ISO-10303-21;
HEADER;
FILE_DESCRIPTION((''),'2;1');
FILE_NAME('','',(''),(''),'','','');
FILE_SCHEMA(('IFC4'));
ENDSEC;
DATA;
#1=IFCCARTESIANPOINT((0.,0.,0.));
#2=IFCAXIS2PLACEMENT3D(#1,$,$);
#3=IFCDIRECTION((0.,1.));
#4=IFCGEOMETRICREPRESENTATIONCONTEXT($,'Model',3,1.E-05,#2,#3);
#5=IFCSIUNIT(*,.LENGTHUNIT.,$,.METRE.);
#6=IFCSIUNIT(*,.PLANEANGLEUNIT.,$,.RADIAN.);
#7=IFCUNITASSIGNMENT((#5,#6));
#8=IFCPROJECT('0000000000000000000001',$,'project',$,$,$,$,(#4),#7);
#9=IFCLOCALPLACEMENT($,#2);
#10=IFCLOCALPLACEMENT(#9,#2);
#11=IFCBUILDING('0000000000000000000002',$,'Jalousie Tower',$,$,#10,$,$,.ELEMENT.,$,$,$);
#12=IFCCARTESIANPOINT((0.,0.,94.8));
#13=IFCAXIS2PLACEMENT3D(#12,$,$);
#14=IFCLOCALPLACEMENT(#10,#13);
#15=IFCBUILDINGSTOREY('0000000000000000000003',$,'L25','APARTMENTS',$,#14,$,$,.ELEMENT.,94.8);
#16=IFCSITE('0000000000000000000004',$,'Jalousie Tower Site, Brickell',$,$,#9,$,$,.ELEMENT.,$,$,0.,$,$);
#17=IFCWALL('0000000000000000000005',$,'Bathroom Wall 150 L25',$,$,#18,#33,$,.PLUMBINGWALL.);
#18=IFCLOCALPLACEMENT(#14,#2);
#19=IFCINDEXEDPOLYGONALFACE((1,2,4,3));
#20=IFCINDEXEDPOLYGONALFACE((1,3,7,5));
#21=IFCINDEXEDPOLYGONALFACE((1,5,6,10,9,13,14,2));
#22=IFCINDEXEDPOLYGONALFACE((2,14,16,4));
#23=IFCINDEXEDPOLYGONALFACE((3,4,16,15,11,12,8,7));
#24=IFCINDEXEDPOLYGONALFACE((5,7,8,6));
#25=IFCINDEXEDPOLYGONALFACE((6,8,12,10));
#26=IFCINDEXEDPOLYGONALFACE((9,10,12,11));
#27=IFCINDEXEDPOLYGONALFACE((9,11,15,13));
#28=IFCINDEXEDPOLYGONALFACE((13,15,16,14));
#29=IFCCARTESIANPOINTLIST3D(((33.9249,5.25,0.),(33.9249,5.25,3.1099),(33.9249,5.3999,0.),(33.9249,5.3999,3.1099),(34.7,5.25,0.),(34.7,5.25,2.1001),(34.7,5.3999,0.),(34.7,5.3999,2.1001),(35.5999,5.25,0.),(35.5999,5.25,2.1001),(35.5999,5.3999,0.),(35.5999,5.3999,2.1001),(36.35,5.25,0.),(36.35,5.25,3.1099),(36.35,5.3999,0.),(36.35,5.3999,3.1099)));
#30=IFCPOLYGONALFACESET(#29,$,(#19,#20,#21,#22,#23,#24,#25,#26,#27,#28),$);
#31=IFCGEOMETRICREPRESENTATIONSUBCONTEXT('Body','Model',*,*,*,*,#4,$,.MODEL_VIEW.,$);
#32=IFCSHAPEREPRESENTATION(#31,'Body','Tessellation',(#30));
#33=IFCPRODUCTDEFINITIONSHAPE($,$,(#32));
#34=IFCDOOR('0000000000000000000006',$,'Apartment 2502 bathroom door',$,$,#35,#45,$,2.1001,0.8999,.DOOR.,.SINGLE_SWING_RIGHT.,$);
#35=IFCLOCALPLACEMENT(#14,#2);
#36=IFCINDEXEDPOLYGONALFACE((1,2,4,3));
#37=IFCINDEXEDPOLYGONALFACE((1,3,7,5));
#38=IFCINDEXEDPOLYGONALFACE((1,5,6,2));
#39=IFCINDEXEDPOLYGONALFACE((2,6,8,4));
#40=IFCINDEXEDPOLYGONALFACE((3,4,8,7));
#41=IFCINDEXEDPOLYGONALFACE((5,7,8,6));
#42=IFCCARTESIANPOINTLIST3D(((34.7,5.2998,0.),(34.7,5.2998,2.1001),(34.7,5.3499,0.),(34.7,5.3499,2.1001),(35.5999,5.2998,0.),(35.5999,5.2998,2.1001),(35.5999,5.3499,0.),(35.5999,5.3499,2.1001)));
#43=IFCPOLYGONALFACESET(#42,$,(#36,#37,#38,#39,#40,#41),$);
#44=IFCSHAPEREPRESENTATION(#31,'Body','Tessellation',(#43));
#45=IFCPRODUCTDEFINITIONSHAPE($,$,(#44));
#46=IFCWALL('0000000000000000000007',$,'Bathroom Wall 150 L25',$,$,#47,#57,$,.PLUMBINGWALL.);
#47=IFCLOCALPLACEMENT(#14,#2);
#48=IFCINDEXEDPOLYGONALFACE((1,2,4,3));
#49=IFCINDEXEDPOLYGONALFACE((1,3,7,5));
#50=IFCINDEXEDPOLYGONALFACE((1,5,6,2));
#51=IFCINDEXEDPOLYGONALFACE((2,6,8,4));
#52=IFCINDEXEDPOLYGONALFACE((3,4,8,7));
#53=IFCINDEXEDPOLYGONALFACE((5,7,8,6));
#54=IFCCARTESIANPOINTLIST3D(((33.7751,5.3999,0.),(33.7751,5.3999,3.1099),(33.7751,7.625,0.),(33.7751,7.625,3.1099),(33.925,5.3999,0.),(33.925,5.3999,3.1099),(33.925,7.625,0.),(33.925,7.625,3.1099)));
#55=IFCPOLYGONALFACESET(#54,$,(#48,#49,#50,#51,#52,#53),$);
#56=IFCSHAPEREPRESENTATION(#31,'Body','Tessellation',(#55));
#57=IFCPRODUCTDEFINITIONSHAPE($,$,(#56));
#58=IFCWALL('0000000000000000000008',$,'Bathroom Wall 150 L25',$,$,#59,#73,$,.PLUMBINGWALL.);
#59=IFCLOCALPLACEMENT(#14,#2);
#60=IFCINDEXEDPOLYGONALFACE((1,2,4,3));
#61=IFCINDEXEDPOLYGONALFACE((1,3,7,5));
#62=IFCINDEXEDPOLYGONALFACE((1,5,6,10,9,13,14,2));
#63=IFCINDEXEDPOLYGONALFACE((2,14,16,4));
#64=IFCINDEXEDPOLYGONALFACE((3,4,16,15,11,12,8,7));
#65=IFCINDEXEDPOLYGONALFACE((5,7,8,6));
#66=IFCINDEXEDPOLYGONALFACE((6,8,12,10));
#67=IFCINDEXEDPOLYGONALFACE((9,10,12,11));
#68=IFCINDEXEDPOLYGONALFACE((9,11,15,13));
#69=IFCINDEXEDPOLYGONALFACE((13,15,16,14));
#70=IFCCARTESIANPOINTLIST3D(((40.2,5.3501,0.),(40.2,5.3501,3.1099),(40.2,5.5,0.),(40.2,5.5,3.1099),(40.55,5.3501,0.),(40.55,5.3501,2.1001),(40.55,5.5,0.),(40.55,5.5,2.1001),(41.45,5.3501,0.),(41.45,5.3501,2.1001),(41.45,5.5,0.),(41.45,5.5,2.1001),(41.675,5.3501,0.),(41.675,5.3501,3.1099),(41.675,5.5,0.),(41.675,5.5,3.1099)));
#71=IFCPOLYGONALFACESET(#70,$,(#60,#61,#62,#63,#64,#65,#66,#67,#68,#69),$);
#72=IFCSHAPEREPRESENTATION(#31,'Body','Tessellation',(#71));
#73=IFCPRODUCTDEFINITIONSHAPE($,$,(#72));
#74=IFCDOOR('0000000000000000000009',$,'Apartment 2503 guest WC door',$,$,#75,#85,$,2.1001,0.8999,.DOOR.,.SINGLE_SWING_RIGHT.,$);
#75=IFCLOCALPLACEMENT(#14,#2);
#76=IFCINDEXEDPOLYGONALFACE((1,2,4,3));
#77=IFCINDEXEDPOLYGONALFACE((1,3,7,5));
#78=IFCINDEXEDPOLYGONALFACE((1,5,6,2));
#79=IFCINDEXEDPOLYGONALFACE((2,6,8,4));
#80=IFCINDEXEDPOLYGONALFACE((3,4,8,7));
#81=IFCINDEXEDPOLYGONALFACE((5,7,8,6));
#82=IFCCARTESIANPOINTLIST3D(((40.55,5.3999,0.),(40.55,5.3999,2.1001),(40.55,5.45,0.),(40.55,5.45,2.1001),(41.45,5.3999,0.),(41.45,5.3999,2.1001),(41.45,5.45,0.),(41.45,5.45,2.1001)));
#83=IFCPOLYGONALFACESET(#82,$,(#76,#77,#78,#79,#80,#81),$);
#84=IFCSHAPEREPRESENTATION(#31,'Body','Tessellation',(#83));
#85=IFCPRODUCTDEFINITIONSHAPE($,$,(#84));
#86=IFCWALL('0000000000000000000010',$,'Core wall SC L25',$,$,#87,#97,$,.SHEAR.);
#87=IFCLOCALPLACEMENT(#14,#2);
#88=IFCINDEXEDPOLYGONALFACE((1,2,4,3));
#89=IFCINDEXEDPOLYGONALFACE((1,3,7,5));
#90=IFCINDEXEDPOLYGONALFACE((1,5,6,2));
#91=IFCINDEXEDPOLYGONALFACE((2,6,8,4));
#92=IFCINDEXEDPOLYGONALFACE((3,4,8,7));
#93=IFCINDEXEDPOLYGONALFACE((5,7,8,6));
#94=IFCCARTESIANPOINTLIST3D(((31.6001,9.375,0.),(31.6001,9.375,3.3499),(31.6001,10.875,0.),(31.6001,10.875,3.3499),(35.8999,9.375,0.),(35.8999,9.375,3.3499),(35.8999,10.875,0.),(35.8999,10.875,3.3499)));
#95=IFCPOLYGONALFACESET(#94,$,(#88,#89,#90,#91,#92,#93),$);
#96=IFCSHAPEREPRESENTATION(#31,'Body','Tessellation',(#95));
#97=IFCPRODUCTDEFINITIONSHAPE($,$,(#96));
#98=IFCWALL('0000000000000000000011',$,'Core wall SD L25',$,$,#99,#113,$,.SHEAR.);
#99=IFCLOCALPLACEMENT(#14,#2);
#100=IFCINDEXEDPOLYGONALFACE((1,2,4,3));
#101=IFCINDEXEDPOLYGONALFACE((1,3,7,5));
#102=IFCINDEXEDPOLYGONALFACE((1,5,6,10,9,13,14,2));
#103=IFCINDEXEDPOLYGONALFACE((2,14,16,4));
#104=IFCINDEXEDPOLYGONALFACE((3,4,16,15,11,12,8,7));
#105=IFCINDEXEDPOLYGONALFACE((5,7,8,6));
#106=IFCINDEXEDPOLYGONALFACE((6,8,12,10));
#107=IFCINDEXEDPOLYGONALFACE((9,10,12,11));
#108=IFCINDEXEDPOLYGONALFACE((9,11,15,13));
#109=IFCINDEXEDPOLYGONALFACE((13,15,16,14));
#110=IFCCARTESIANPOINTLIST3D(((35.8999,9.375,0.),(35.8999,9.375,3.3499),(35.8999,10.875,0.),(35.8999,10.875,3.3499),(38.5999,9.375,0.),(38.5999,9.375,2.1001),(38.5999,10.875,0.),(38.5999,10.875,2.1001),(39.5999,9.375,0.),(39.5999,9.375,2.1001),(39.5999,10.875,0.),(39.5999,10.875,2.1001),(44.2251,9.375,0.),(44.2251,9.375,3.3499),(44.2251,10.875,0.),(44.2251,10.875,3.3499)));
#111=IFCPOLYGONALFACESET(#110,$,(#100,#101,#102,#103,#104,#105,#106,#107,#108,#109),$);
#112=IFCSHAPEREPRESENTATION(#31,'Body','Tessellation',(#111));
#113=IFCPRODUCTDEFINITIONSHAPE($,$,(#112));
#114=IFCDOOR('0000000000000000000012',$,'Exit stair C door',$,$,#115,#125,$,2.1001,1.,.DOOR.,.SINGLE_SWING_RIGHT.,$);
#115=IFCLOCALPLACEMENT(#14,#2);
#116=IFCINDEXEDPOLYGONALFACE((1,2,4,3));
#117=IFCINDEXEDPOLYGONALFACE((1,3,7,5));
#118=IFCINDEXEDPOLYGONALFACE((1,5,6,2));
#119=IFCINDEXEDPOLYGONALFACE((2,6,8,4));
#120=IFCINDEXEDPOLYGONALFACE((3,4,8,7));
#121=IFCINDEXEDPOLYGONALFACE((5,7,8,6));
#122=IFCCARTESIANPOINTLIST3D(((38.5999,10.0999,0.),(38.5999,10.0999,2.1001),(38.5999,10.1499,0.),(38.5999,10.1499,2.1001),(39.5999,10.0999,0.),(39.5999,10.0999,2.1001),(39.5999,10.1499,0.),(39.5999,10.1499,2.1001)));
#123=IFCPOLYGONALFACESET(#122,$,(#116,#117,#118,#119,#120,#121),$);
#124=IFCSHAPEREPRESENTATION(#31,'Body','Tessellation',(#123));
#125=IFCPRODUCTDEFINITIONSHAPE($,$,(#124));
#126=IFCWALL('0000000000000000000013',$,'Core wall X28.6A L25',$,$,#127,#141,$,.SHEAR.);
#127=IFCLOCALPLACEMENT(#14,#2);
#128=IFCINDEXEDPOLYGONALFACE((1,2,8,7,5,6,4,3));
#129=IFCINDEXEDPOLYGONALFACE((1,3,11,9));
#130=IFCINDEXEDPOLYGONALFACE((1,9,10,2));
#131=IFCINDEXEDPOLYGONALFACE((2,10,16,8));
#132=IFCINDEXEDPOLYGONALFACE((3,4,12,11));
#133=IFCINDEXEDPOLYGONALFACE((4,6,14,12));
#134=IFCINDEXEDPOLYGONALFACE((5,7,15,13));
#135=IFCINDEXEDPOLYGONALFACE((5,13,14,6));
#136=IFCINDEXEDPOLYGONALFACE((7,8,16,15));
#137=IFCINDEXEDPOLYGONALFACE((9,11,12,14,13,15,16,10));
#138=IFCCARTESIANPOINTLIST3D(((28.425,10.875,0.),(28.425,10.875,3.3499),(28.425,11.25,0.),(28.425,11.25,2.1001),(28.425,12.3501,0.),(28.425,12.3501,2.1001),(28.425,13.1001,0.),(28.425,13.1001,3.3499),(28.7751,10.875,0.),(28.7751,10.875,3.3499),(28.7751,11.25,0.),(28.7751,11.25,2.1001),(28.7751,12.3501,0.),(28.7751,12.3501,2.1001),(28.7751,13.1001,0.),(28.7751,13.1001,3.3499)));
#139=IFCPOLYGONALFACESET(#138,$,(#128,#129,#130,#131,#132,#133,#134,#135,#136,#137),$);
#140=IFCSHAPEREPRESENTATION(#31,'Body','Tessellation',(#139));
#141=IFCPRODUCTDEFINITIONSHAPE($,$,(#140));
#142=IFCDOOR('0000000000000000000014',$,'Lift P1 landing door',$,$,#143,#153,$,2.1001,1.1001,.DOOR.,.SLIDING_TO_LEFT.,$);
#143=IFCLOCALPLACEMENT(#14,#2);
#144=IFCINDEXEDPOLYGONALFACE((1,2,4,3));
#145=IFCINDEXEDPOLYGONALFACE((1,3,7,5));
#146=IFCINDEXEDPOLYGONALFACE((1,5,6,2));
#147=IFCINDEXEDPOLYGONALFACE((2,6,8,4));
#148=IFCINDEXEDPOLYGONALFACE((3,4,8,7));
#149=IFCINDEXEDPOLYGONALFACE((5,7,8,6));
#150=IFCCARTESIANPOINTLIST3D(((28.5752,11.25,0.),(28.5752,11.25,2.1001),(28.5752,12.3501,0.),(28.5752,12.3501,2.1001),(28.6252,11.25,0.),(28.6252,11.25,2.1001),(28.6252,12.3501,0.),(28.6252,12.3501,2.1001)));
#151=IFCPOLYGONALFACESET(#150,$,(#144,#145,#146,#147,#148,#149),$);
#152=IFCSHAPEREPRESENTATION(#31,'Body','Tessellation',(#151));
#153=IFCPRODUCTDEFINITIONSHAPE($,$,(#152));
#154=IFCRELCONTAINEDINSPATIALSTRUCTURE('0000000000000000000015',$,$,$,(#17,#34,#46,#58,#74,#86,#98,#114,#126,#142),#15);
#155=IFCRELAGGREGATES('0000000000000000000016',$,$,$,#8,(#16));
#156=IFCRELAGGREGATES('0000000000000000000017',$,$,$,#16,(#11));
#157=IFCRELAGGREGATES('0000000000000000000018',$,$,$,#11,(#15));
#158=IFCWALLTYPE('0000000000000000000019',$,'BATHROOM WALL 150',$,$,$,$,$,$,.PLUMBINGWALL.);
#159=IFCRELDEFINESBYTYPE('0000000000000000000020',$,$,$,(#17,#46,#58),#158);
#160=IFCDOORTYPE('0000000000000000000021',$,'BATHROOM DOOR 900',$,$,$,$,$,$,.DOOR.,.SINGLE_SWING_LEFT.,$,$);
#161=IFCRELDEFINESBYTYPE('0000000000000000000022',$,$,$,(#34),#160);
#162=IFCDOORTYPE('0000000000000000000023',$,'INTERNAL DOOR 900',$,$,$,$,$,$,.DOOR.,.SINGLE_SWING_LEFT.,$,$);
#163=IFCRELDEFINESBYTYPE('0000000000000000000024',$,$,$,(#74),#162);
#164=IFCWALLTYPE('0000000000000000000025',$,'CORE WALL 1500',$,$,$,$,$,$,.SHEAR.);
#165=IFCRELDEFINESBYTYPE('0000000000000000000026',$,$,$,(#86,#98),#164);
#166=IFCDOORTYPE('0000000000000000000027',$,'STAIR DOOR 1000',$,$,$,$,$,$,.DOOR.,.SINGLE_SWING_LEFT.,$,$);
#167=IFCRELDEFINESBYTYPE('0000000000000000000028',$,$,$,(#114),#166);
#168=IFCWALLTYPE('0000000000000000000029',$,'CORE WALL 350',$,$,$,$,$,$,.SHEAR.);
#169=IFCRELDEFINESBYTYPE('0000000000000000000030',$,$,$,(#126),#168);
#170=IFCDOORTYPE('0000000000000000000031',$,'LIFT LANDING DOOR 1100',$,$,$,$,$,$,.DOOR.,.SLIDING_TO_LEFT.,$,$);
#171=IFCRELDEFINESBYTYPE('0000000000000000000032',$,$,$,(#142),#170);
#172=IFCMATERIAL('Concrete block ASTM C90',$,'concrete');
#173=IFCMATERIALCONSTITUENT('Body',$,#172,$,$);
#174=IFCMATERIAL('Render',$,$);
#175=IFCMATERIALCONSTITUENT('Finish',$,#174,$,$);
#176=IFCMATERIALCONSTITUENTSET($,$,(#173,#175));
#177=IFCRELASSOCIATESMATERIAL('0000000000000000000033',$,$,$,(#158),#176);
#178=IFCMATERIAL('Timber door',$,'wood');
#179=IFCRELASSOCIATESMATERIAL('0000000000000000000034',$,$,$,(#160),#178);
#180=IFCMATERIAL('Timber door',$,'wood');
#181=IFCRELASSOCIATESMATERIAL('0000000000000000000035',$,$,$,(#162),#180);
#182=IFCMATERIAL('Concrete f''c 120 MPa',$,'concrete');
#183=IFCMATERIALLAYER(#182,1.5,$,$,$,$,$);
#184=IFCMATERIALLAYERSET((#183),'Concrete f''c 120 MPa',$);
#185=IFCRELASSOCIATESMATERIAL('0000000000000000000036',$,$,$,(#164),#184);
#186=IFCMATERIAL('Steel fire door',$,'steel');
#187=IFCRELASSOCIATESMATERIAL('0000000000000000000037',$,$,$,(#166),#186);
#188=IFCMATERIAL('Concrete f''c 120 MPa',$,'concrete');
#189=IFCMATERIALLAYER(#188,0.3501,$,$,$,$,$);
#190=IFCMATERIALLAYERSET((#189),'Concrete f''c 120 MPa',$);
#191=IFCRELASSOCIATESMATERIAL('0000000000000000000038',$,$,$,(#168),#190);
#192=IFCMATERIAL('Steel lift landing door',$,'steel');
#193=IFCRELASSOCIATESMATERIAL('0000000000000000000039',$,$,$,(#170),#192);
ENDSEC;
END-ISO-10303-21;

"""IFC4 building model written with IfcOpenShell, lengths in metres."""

from ifc_helpers import new_model, si_unit, direction, frame, frame_2d, origin, place, context, subcontext, project, spatial, rectangle, extrude, material, layer, layer_set, constituent, constituent_set, type_object, element, fill, save


model = new_model("IFC4")

# Units and contexts
model_context = context("Model", 3, precision=1e-05, world=origin(), true_north=direction((0.0, 1.0)))
body_context = subcontext(model_context, "Body", "Model", "MODEL_VIEW")
ifc_project = project(units=[si_unit("LENGTHUNIT", "METRE"), si_unit("PLANEANGLEUNIT", "RADIAN")], contexts=[model_context])

# Site, building, storey
site_placement = place(None, origin())
site = spatial("IfcSite", under=ifc_project, at=site_placement, Name="Jalousie Tower Site, Brickell", CompositionType="ELEMENT", RefElevation=0.0)
building_placement = place(site_placement, origin())
building = spatial("IfcBuilding", under=site, at=building_placement, Name="Jalousie Tower", CompositionType="ELEMENT")
storey_placement = place(building_placement, frame((0.0, 0.0, 94.8)))
storey = spatial("IfcBuildingStorey", under=building, at=storey_placement, Name="L25", Description="APARTMENTS", CompositionType="ELEMENT", Elevation=94.8)

# Wall, opening, door
ifc_material_1 = material(Name="Concrete block ASTM C90", Category="concrete")
ifc_constituent_1 = constituent(ifc_material_1, Name="Body")
ifc_material_2 = material(Name="Render")
ifc_constituent_2 = constituent(ifc_material_2, Name="Finish")
ifc_constituent_set_1 = constituent_set(constituents=[ifc_constituent_1, ifc_constituent_2])
wall_type_1 = type_object("IfcWallType", Name="BATHROOM WALL 150", PredefinedType="PLUMBINGWALL", material=ifc_constituent_set_1)
wall_1_placement = place(storey_placement, frame((33.925, 5.325, 0.0), z_axis=(0.0, 0.0, 1.0), x_axis=(1.0, 0.0, 0.0)))
wall_1 = element("IfcWall", 1, at=wall_1_placement, inside=storey, type_object=wall_type_1, Name="Bathroom Wall 150 L25", PredefinedType="PLUMBINGWALL", context=body_context, shape_type="SweptSolid", body=[
    extrude(rectangle(XDim=2.425, YDim=0.1499, at=frame_2d((1.2124, 0.0))), origin(), (0.0, 0.0, 1.0), 3.1099),
])
opening_1_placement = place(wall_1_placement, frame((0.7749, 0.0, 0.0)))
opening_1 = element("IfcOpeningElement", 2, at=opening_1_placement, cuts=wall_1, PredefinedType="OPENING", context=body_context, shape_type="SweptSolid", body=[
    extrude(rectangle(XDim=0.8999, YDim=2.1001, at=frame_2d((0.45, 1.05))), frame((0.0, 0.085, 0.0), z_axis=(0.0, -1.0, 0.0), x_axis=(1.0, 0.0, 0.0)), (0.0, 0.0, 1.0), 0.1699),
])
ifc_material_3 = material(Name="Timber door", Category="wood")
door_type_1 = type_object("IfcDoorType", Name="BATHROOM DOOR 900", OperationType="SINGLE_SWING_LEFT", PredefinedType="DOOR", material=ifc_material_3)
door_1_placement = place(opening_1_placement, origin())
door_1 = element("IfcDoor", 3, at=door_1_placement, inside=storey, type_object=door_type_1, Name="Apartment 2502 bathroom door", OperationType="SINGLE_SWING_RIGHT", OverallHeight=2.1001, OverallWidth=0.8999, PredefinedType="DOOR", context=body_context, shape_type="SweptSolid", body=[
    extrude(rectangle(XDim=0.8999, YDim=2.1001, at=frame_2d((0.45, 1.05))), frame((0.0, 0.0249, 0.0), z_axis=(0.0, -1.0, 0.0), x_axis=(1.0, 0.0, 0.0)), (0.0, 0.0, 1.0), 0.05),
])
fill(opening_1, door_1)

# Wall
wall_2_placement = place(storey_placement, frame((33.8501, 5.3999, 0.0), z_axis=(0.0, 0.0, 1.0), x_axis=(0.0, 1.0, 0.0)))
element("IfcWall", 4, at=wall_2_placement, inside=storey, type_object=wall_type_1, Name="Bathroom Wall 150 L25", PredefinedType="PLUMBINGWALL", context=body_context, shape_type="SweptSolid", body=[
    extrude(rectangle(XDim=2.2251, YDim=0.1499, at=frame_2d((1.1125, 0.0))), origin(), (0.0, 0.0, 1.0), 3.1099),
])

# Wall, opening, door
wall_3_placement = place(storey_placement, frame((40.2, 5.425, 0.0), z_axis=(0.0, 0.0, 1.0), x_axis=(1.0, 0.0, 0.0)))
wall_3 = element("IfcWall", 5, at=wall_3_placement, inside=storey, type_object=wall_type_1, Name="Bathroom Wall 150 L25", PredefinedType="PLUMBINGWALL", context=body_context, shape_type="SweptSolid", body=[
    extrude(rectangle(XDim=1.4751, YDim=0.1499, at=frame_2d((0.7375, 0.0))), origin(), (0.0, 0.0, 1.0), 3.1099),
])
opening_2_placement = place(wall_3_placement, frame((0.3501, 0.0, 0.0)))
opening_2 = element("IfcOpeningElement", 6, at=opening_2_placement, cuts=wall_3, PredefinedType="OPENING", context=body_context, shape_type="SweptSolid", body=[
    extrude(rectangle(XDim=0.8999, YDim=2.1001, at=frame_2d((0.45, 1.05))), frame((0.0, 0.085, 0.0), z_axis=(0.0, -1.0, 0.0), x_axis=(1.0, 0.0, 0.0)), (0.0, 0.0, 1.0), 0.1699),
])
ifc_material_4 = material(Name="Timber door", Category="wood")
door_type_2 = type_object("IfcDoorType", Name="INTERNAL DOOR 900", OperationType="SINGLE_SWING_LEFT", PredefinedType="DOOR", material=ifc_material_4)
door_2_placement = place(opening_2_placement, origin())
door_2 = element("IfcDoor", 7, at=door_2_placement, inside=storey, type_object=door_type_2, Name="Apartment 2503 guest WC door", OperationType="SINGLE_SWING_RIGHT", OverallHeight=2.1001, OverallWidth=0.8999, PredefinedType="DOOR", context=body_context, shape_type="SweptSolid", body=[
    extrude(rectangle(XDim=0.8999, YDim=2.1001, at=frame_2d((0.45, 1.05))), frame((0.0, 0.0249, 0.0), z_axis=(0.0, -1.0, 0.0), x_axis=(1.0, 0.0, 0.0)), (0.0, 0.0, 1.0), 0.05),
])
fill(opening_2, door_2)

# Wall
ifc_material_5 = material(Name="Concrete f'c 120 MPa", Category="concrete")
ifc_layer_1 = layer(ifc_material_5, 1.5)
ifc_layer_set_1 = layer_set([ifc_layer_1], Name="Concrete f'c 120 MPa")
wall_type_2 = type_object("IfcWallType", Name="CORE WALL 1500", PredefinedType="SHEAR", material=ifc_layer_set_1)
wall_4_placement = place(storey_placement, frame((31.6001, 10.125, 0.0), z_axis=(0.0, 0.0, 1.0), x_axis=(1.0, 0.0, 0.0)))
element("IfcWall", 8, at=wall_4_placement, inside=storey, type_object=wall_type_2, Name="Core wall SC L25", PredefinedType="SHEAR", context=body_context, shape_type="SweptSolid", body=[
    extrude(rectangle(XDim=4.2998, YDim=1.5, at=frame_2d((2.1499, 0.0))), origin(), (0.0, 0.0, 1.0), 3.3499),
])

# Walls, openings, doors
wall_5_placement = place(storey_placement, frame((35.8999, 10.125, 0.0), z_axis=(0.0, 0.0, 1.0), x_axis=(1.0, 0.0, 0.0)))
wall_5 = element("IfcWall", 9, at=wall_5_placement, inside=storey, type_object=wall_type_2, Name="Core wall SD L25", PredefinedType="SHEAR", context=body_context, shape_type="SweptSolid", body=[
    extrude(rectangle(XDim=8.3252, YDim=1.5, at=frame_2d((4.1626, 0.0))), origin(), (0.0, 0.0, 1.0), 3.3499),
])
opening_3_placement = place(wall_5_placement, frame((2.7, 0.0, 0.0)))
opening_3 = element("IfcOpeningElement", 10, at=opening_3_placement, cuts=wall_5, PredefinedType="OPENING", context=body_context, shape_type="SweptSolid", body=[
    extrude(rectangle(XDim=1.0, YDim=2.1001, at=frame_2d((0.5, 1.05))), frame((0.0, 0.76, 0.0), z_axis=(0.0, -1.0, 0.0), x_axis=(1.0, 0.0, 0.0)), (0.0, 0.0, 1.0), 1.52),
])
ifc_material_6 = material(Name="Steel fire door", Category="steel")
door_type_3 = type_object("IfcDoorType", Name="STAIR DOOR 1000", OperationType="SINGLE_SWING_LEFT", PredefinedType="DOOR", material=ifc_material_6)
door_3_placement = place(opening_3_placement, origin())
door_3 = element("IfcDoor", 11, at=door_3_placement, inside=storey, type_object=door_type_3, Name="Exit stair C door", OperationType="SINGLE_SWING_RIGHT", OverallHeight=2.1001, OverallWidth=1.0, PredefinedType="DOOR", context=body_context, shape_type="SweptSolid", body=[
    extrude(rectangle(XDim=1.0, YDim=2.1001, at=frame_2d((0.5, 1.05))), frame((0.0, 0.0249, 0.0), z_axis=(0.0, -1.0, 0.0), x_axis=(1.0, 0.0, 0.0)), (0.0, 0.0, 1.0), 0.05),
])
fill(opening_3, door_3)
ifc_material_7 = material(Name="Concrete f'c 120 MPa", Category="concrete")
ifc_layer_2 = layer(ifc_material_7, 0.3501)
ifc_layer_set_2 = layer_set([ifc_layer_2], Name="Concrete f'c 120 MPa")
wall_type_3 = type_object("IfcWallType", Name="CORE WALL 350", PredefinedType="SHEAR", material=ifc_layer_set_2)
wall_6_placement = place(storey_placement, frame((28.6001, 10.875, 0.0), z_axis=(0.0, 0.0, 1.0), x_axis=(0.0, 1.0, 0.0)))
wall_6 = element("IfcWall", 12, at=wall_6_placement, inside=storey, type_object=wall_type_3, Name="Core wall X28.6A L25", PredefinedType="SHEAR", context=body_context, shape_type="SweptSolid", body=[
    extrude(rectangle(XDim=2.2251, YDim=0.3501, at=frame_2d((1.1125, 0.0))), origin(), (0.0, 0.0, 1.0), 3.3499),
])
opening_4_placement = place(wall_6_placement, frame((0.375, 0.0, 0.0)))
opening_4 = element("IfcOpeningElement", 13, at=opening_4_placement, cuts=wall_6, PredefinedType="OPENING", context=body_context, shape_type="SweptSolid", body=[
    extrude(rectangle(XDim=1.1001, YDim=2.1001, at=frame_2d((0.55, 1.05))), frame((0.0, 0.1851, 0.0), z_axis=(0.0, -1.0, 0.0), x_axis=(1.0, 0.0, 0.0)), (0.0, 0.0, 1.0), 0.3701),
])
ifc_material_8 = material(Name="Steel lift landing door", Category="steel")
door_type_4 = type_object("IfcDoorType", Name="LIFT LANDING DOOR 1100", OperationType="SLIDING_TO_LEFT", PredefinedType="DOOR", material=ifc_material_8)
door_4_placement = place(opening_4_placement, origin())
door_4 = element("IfcDoor", 14, at=door_4_placement, inside=storey, type_object=door_type_4, Name="Lift P1 landing door", OperationType="SLIDING_TO_LEFT", OverallHeight=2.1001, OverallWidth=1.1001, PredefinedType="DOOR", context=body_context, shape_type="SweptSolid", body=[
    extrude(rectangle(XDim=1.1001, YDim=2.1001, at=frame_2d((0.55, 1.05))), frame((0.0, 0.0249, 0.0), z_axis=(0.0, -1.0, 0.0), x_axis=(1.0, 0.0, 0.0)), (0.0, 0.0, 1.0), 0.05),
])
fill(opening_4, door_4)

save(model, "model.ifc")
